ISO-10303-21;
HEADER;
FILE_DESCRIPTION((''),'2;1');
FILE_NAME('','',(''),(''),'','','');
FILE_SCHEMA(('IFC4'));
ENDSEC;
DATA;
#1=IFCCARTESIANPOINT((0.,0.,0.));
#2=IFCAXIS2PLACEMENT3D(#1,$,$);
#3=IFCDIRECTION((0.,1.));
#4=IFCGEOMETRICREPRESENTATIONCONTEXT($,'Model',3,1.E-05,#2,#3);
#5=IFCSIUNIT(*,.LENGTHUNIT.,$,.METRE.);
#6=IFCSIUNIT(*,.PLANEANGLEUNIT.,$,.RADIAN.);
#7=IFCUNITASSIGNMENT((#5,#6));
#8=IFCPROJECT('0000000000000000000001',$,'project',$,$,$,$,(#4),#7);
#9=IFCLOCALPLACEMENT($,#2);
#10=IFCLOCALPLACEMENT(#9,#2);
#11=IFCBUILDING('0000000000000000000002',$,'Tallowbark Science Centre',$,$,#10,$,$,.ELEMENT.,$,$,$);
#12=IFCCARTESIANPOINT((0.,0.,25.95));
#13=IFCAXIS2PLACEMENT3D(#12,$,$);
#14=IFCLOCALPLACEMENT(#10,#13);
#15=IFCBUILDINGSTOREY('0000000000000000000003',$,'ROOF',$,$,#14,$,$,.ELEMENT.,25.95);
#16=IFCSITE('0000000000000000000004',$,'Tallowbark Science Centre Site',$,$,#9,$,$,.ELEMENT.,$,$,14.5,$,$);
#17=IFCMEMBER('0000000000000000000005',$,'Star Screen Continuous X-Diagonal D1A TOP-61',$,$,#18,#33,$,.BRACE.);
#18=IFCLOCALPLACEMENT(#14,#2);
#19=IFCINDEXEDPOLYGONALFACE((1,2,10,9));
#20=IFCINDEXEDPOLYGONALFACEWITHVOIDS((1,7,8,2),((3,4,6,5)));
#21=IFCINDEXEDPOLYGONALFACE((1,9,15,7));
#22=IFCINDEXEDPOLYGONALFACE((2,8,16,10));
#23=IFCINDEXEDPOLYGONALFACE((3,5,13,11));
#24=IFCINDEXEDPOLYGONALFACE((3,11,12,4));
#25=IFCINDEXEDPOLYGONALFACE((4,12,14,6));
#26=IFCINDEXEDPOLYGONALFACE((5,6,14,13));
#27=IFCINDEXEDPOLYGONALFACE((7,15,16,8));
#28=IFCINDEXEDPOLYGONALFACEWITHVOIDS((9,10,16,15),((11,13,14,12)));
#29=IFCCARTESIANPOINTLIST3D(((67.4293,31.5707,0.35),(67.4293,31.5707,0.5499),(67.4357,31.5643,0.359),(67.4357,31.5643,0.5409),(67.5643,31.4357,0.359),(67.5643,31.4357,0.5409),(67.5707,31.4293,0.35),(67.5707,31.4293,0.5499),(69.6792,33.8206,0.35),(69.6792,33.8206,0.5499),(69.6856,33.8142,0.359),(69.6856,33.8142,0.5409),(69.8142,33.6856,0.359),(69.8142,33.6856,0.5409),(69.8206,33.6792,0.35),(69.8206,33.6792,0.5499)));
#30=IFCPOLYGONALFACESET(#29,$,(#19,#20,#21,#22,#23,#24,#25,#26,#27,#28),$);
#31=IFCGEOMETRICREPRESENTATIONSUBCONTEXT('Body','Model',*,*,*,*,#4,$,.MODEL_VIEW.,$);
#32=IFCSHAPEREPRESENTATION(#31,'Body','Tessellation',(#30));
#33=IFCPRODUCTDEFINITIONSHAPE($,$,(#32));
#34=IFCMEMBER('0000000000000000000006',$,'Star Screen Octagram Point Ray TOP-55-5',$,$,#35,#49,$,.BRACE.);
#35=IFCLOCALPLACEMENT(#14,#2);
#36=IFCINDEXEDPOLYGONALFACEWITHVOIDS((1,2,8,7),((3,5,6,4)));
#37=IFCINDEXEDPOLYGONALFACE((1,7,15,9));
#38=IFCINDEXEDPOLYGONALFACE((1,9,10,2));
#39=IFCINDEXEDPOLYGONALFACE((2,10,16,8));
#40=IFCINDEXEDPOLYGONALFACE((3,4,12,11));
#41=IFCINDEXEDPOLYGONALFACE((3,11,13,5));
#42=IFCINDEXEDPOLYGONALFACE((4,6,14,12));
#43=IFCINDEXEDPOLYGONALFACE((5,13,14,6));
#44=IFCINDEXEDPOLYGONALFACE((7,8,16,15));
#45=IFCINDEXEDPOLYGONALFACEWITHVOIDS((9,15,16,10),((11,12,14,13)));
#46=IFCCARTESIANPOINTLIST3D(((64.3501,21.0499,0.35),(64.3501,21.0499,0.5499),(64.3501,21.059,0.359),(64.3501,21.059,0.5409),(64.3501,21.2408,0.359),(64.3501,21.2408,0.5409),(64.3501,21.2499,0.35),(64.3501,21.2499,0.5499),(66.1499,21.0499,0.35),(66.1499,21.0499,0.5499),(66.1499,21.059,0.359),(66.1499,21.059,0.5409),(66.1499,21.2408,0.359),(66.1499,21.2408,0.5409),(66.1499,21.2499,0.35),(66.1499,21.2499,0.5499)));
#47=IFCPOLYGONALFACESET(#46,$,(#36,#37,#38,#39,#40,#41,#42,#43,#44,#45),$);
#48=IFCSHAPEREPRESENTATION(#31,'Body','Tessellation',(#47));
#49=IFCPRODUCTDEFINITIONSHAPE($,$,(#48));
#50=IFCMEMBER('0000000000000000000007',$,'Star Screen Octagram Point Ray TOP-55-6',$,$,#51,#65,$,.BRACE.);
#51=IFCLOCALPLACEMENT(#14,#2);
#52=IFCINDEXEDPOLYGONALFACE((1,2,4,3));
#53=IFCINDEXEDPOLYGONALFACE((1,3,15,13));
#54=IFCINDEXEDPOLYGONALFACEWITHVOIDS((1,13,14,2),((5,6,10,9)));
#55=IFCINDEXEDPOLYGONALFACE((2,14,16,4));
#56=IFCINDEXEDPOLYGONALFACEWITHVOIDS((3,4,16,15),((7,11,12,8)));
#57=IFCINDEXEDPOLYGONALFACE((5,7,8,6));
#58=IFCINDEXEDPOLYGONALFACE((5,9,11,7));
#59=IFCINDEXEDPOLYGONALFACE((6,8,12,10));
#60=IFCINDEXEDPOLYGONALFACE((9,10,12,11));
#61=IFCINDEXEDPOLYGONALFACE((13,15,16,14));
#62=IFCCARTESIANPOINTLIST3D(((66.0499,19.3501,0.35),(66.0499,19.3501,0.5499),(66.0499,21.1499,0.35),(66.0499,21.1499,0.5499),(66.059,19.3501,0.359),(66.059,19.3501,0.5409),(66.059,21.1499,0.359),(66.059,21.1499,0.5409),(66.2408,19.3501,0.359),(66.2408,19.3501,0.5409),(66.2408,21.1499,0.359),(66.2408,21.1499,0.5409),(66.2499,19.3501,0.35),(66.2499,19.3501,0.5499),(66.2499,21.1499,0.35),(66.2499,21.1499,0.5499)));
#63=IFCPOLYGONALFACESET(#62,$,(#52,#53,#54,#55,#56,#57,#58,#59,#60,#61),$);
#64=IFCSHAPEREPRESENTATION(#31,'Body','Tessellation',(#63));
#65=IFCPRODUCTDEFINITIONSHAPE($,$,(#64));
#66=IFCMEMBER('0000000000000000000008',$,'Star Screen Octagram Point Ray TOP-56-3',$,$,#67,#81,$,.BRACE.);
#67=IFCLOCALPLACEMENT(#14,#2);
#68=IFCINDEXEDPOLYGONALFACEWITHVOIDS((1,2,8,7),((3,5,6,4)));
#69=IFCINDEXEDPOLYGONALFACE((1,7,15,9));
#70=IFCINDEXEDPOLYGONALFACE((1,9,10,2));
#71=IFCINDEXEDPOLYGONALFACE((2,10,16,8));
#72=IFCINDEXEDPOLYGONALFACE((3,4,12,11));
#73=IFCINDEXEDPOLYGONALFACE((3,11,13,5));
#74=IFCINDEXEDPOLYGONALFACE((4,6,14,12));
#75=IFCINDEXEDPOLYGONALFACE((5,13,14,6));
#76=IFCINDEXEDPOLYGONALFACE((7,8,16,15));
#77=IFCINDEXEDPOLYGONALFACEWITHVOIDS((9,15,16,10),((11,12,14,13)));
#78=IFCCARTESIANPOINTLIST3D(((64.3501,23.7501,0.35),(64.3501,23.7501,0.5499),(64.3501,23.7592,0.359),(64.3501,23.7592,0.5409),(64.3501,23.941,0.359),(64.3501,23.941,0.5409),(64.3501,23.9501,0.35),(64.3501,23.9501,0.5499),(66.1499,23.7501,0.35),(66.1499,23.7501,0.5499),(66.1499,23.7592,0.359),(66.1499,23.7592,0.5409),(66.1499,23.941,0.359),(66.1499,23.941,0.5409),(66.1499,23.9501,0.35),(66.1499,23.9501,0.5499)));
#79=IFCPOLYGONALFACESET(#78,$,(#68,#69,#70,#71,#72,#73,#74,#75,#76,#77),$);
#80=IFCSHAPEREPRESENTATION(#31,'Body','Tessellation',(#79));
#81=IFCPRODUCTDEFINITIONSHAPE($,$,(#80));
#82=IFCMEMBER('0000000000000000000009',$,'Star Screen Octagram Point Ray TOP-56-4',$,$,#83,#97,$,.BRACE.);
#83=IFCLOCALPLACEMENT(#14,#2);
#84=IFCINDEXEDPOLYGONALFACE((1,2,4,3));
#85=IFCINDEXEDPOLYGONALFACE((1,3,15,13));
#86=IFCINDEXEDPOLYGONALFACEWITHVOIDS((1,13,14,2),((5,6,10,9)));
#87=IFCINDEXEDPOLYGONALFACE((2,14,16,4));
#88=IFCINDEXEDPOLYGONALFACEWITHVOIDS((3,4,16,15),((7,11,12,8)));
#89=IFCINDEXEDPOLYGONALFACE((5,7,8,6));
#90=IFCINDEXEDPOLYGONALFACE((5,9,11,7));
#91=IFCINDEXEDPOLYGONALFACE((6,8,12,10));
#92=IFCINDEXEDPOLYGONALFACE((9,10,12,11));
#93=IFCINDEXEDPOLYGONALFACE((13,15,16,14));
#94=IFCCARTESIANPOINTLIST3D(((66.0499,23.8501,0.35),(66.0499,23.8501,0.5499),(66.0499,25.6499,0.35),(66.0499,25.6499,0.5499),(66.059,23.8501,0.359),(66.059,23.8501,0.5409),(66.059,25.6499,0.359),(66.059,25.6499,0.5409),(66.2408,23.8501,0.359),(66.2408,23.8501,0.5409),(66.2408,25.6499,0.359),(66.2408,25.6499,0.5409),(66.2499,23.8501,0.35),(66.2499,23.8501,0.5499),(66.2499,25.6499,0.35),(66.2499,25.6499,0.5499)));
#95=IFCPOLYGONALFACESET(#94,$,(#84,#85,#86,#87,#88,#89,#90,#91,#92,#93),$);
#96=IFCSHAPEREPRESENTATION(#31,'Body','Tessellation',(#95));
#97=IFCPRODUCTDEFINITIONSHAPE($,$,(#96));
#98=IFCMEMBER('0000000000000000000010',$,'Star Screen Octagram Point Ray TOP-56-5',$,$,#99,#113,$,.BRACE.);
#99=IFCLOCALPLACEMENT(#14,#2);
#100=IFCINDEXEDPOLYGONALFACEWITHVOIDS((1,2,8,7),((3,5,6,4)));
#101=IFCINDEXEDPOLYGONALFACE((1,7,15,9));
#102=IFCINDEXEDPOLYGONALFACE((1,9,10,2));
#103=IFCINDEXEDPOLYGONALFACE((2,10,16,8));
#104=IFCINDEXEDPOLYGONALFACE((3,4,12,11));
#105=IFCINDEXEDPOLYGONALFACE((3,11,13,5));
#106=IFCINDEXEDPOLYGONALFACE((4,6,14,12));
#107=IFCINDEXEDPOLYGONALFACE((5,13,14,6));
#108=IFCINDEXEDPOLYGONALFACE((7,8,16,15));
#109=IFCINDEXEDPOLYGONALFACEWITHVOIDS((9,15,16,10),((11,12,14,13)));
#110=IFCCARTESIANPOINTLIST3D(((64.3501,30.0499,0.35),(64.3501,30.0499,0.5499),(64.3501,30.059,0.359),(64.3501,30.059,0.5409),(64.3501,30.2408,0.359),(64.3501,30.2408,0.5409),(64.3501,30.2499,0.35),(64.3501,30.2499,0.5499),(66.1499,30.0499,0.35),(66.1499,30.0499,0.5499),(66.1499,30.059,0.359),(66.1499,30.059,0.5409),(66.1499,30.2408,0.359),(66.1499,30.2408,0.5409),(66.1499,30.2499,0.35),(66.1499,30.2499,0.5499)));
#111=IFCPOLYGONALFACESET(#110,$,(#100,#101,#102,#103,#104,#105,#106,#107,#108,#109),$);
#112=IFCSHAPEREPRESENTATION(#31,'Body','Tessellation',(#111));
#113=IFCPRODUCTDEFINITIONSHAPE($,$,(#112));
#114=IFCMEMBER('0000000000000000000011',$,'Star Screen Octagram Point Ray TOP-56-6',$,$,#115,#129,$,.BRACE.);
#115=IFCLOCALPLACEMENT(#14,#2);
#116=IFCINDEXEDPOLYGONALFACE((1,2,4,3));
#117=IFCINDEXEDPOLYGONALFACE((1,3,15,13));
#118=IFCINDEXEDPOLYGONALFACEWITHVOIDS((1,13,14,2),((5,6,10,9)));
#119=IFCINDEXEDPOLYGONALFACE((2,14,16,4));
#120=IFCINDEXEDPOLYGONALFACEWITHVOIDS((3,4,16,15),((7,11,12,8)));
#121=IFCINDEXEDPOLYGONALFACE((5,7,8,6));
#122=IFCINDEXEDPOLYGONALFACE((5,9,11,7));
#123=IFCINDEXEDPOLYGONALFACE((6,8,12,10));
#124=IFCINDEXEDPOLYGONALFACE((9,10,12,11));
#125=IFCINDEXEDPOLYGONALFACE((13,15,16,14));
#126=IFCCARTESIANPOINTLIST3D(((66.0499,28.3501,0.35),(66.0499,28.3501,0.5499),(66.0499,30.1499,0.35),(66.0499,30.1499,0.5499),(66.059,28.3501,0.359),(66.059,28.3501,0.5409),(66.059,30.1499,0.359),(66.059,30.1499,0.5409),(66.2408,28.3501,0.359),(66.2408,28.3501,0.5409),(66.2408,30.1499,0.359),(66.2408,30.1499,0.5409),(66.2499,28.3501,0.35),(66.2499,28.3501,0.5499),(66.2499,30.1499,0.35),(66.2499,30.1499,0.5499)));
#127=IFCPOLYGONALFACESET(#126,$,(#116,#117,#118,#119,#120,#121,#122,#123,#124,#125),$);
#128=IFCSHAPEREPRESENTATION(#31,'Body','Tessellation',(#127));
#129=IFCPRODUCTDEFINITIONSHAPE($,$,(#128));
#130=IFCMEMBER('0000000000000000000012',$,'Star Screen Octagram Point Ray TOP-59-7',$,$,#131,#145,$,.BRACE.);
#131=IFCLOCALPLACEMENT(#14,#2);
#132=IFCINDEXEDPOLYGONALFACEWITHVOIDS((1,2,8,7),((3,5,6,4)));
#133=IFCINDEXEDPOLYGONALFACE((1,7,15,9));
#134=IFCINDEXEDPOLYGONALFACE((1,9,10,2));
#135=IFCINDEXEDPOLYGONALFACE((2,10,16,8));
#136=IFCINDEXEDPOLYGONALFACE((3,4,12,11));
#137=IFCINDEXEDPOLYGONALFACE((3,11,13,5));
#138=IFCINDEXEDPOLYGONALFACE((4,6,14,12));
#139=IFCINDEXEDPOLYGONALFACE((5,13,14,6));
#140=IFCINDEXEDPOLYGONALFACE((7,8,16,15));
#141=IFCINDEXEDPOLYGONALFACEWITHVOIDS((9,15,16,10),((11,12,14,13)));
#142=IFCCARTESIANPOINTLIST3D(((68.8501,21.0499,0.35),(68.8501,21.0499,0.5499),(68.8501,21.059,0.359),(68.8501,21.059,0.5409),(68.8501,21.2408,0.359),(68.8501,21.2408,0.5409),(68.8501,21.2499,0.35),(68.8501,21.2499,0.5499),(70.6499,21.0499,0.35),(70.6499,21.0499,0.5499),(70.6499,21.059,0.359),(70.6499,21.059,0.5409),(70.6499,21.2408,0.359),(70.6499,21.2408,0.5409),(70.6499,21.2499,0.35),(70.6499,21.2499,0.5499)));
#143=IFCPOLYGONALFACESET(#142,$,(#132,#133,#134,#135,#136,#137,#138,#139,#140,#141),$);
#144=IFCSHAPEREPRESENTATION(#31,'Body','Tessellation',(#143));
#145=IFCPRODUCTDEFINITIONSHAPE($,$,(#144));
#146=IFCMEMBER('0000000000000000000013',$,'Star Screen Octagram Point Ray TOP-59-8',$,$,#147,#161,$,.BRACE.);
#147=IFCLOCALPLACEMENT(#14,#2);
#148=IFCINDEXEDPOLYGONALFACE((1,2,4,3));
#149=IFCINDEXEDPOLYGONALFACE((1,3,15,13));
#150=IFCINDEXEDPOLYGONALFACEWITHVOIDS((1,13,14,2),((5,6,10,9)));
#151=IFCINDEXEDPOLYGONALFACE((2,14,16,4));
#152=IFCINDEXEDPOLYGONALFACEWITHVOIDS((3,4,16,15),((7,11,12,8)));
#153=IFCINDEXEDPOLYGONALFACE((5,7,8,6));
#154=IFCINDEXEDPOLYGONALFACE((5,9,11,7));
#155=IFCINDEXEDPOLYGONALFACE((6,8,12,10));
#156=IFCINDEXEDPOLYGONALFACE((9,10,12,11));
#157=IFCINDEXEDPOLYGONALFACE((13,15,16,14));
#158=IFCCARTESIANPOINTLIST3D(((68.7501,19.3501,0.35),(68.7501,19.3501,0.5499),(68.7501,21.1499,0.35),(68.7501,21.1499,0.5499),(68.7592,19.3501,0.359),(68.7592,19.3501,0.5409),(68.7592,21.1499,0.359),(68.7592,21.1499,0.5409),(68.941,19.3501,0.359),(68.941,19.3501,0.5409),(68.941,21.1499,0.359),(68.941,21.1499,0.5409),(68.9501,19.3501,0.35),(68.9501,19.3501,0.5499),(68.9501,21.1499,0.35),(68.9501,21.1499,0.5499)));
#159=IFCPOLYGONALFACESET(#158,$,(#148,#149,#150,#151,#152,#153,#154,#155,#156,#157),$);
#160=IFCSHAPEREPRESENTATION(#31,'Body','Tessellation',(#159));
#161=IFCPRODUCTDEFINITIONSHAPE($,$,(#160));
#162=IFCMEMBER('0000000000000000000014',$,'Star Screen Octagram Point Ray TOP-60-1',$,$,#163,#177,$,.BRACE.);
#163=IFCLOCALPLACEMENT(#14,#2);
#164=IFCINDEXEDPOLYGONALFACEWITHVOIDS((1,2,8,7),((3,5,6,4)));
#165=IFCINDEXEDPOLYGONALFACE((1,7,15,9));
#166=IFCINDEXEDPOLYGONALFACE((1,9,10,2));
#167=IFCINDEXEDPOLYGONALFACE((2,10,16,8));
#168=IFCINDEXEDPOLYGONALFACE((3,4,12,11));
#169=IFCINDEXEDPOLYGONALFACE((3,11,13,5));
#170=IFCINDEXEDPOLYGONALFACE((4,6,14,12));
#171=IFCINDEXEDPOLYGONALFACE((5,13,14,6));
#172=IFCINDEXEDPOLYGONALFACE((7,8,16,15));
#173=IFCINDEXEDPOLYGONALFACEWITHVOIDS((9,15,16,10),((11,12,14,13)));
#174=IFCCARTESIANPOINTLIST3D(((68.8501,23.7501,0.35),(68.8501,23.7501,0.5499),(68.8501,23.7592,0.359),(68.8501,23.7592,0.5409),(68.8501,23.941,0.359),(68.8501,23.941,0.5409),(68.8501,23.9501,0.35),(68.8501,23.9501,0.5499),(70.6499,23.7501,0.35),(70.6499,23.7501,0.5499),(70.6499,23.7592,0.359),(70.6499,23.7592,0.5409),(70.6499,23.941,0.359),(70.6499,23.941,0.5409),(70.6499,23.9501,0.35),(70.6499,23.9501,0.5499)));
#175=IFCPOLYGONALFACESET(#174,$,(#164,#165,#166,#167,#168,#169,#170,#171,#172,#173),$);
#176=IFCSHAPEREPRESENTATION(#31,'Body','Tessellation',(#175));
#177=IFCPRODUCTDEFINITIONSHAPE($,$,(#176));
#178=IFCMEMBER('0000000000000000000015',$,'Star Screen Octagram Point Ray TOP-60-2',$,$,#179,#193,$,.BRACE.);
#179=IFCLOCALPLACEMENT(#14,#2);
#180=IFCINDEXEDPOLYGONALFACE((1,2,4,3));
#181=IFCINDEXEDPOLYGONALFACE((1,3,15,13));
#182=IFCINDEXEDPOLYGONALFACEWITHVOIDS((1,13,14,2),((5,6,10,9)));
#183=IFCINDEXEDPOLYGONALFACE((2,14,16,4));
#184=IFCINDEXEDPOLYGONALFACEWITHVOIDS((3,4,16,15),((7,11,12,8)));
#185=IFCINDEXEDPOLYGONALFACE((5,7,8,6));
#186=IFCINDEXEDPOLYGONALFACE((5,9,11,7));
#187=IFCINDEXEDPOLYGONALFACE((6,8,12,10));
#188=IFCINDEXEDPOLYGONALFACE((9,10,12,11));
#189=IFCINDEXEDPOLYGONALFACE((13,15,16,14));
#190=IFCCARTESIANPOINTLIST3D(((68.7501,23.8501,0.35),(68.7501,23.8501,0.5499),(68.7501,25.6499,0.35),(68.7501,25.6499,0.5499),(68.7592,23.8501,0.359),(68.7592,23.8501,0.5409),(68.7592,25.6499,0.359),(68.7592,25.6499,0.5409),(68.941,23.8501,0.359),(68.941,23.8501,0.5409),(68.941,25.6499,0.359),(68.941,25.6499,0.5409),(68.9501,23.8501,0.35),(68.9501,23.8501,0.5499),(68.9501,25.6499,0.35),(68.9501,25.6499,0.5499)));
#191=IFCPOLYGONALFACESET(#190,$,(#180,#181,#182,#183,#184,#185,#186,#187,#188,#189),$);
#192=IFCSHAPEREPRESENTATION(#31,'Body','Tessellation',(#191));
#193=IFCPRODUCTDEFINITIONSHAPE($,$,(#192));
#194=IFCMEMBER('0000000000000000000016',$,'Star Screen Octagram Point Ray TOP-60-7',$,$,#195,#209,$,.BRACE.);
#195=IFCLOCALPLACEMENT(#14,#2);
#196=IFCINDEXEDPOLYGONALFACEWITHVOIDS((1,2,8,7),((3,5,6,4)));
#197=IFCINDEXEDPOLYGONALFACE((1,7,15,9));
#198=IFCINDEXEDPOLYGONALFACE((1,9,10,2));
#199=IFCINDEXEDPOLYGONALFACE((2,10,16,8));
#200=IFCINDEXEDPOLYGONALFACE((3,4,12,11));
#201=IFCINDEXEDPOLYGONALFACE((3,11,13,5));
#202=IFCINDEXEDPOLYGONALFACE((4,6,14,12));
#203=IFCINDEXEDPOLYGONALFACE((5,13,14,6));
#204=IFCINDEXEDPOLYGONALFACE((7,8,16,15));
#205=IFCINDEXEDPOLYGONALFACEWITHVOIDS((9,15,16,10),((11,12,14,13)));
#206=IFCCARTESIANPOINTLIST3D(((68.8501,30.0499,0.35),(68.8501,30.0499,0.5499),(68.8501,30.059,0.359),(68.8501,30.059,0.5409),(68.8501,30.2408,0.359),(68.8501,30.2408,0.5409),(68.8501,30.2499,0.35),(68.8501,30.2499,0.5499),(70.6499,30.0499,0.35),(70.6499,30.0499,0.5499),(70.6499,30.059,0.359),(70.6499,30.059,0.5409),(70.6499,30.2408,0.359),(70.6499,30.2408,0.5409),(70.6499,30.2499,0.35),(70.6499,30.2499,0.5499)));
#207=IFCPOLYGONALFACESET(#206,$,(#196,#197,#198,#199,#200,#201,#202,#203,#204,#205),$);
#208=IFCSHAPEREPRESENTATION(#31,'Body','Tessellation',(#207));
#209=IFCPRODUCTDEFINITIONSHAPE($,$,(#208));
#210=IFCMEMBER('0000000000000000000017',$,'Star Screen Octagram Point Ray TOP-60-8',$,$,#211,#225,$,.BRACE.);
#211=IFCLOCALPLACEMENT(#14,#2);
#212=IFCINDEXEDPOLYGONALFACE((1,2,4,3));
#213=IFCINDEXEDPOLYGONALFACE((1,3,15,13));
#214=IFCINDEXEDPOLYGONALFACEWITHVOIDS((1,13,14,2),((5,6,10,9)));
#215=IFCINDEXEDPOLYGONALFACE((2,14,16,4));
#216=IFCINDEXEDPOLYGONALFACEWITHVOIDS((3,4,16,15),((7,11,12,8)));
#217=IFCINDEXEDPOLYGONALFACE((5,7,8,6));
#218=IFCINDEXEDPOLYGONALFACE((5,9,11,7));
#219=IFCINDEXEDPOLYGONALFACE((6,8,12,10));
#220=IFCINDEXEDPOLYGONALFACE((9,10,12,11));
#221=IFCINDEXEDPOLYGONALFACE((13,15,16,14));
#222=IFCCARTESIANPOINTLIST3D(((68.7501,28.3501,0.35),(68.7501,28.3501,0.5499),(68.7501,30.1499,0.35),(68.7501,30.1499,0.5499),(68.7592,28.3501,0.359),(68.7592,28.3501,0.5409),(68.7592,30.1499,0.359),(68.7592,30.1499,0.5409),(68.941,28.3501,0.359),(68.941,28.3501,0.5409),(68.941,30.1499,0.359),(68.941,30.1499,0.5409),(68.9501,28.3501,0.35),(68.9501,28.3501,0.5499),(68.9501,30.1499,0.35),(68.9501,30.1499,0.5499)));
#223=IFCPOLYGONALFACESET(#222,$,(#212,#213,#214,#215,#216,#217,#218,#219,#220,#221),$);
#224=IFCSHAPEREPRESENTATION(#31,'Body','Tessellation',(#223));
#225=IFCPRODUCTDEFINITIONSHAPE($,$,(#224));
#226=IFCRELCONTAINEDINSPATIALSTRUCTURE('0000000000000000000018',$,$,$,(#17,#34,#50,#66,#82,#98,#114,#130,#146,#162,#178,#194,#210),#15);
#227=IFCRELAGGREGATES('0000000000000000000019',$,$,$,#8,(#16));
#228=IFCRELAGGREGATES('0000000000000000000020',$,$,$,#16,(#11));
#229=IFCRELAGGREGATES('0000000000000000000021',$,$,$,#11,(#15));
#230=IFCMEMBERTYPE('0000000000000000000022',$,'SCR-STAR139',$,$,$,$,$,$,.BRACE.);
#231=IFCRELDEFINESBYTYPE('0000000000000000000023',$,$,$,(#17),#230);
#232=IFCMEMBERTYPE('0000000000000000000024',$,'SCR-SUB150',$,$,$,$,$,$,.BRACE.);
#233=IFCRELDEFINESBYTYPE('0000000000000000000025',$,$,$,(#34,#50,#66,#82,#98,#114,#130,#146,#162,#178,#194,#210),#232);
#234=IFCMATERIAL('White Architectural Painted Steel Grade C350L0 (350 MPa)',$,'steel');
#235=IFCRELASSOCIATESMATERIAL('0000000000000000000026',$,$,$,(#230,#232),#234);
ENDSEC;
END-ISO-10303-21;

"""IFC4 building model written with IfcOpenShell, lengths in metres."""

from ifc_helpers import new_model, si_unit, direction, frame, origin, origin_2d, place, context, subcontext, project, spatial, hollow_rectangle, extrude, material, material_profile, profile_set, type_object, element, save


model = new_model("IFC4")

# Units and contexts
model_context = context("Model", 3, precision=1e-05, world=origin(), true_north=direction((0.0, 1.0)))
body_context = subcontext(model_context, "Body", "Model", "MODEL_VIEW")
ifc_project = project(units=[si_unit("LENGTHUNIT", "METRE"), si_unit("PLANEANGLEUNIT", "RADIAN")], contexts=[model_context])

# Site, building, storey
site_placement = place(None, origin())
site = spatial("IfcSite", under=ifc_project, at=site_placement, Name="Tallowbark Science Centre Site", CompositionType="ELEMENT", RefElevation=14.5)
building_placement = place(site_placement, origin())
building = spatial("IfcBuilding", under=site, at=building_placement, Name="Tallowbark Science Centre", CompositionType="ELEMENT")
storey_placement = place(building_placement, frame((0.0, 0.0, 25.95)))
storey = spatial("IfcBuildingStorey", under=building, at=storey_placement, Name="ROOF", CompositionType="ELEMENT", Elevation=25.95)

# Members
ifc_material_1 = material(Name="White Architectural Painted Steel Grade C350L0 (350 MPa)", Category="steel")
ifc_material_profile_1 = material_profile(ifc_material_1, hollow_rectangle(XDim=0.2, YDim=0.2, WallThickness=0.009, at=origin_2d()), Name="200x200x9.0SHS")
ifc_profile_set_1 = profile_set([ifc_material_profile_1], Name="White Architectural Painted Steel Grade C350L0 (350 MPa)")
member_type_1 = type_object("IfcMemberType", Name="SCR-STAR139", PredefinedType="BRACE", material=ifc_profile_set_1)
for number, where, z_axis, x_axis, name in (
    (1, (67.5, 31.5, 0.45), (0.707107, 0.707107, 0.0), (-0.707107, 0.707107, 0.0), "Star Screen Continuous X-Diagonal D1A TOP-61"),
):
    element("IfcMember", number, at=place(storey_placement, frame(where, z_axis=z_axis, x_axis=x_axis)), inside=storey, type_object=member_type_1, Name=name, PredefinedType="BRACE", context=body_context, shape_type="SweptSolid", body=[
        extrude(hollow_rectangle(XDim=0.2, YDim=0.2, WallThickness=0.009, at=origin_2d()), origin(), (0.0, 0.0, 1.0), 3.1819),
    ])
ifc_material_profile_2 = material_profile(ifc_material_1, hollow_rectangle(XDim=0.2, YDim=0.2, WallThickness=0.009, at=origin_2d()), Name="200x200x9.0SHS")
ifc_profile_set_2 = profile_set([ifc_material_profile_2], Name="White Architectural Painted Steel Grade C350L0 (350 MPa)")
member_type_2 = type_object("IfcMemberType", Name="SCR-SUB150", PredefinedType="BRACE", material=ifc_profile_set_2)
for number, where, z_axis, x_axis, name in (
    (2, (66.1499, 21.1499, 0.45), (-1.0, 0.0, 0.0), (0.0, -1.0, 0.0), "Star Screen Octagram Point Ray TOP-55-5"),
    (3, (66.1499, 21.1499, 0.45), (0.0, -1.0, 0.0), (1.0, 0.0, 0.0), "Star Screen Octagram Point Ray TOP-55-6"),
    (4, (66.1499, 23.8501, 0.45), (-1.0, 0.0, 0.0), (0.0, -1.0, 0.0), "Star Screen Octagram Point Ray TOP-56-3"),
    (5, (66.1499, 23.8501, 0.45), (0.0, 1.0, 0.0), (-1.0, 0.0, 0.0), "Star Screen Octagram Point Ray TOP-56-4"),
    (6, (66.1499, 30.1499, 0.45), (-1.0, 0.0, 0.0), (0.0, -1.0, 0.0), "Star Screen Octagram Point Ray TOP-56-5"),
    (7, (66.1499, 30.1499, 0.45), (0.0, -1.0, 0.0), (1.0, 0.0, 0.0), "Star Screen Octagram Point Ray TOP-56-6"),
    (8, (68.8501, 21.1499, 0.45), (1.0, 0.0, 0.0), (0.0, 1.0, 0.0), "Star Screen Octagram Point Ray TOP-59-7"),
    (9, (68.8501, 21.1499, 0.45), (0.0, -1.0, 0.0), (1.0, 0.0, 0.0), "Star Screen Octagram Point Ray TOP-59-8"),
    (10, (68.8501, 23.8501, 0.45), (1.0, 0.0, 0.0), (0.0, 1.0, 0.0), "Star Screen Octagram Point Ray TOP-60-1"),
    (11, (68.8501, 23.8501, 0.45), (0.0, 1.0, 0.0), (-1.0, 0.0, 0.0), "Star Screen Octagram Point Ray TOP-60-2"),
    (12, (68.8501, 30.1499, 0.45), (1.0, 0.0, 0.0), (0.0, 1.0, 0.0), "Star Screen Octagram Point Ray TOP-60-7"),
    (13, (68.8501, 30.1499, 0.45), (0.0, -1.0, 0.0), (1.0, 0.0, 0.0), "Star Screen Octagram Point Ray TOP-60-8"),
):
    element("IfcMember", number, at=place(storey_placement, frame(where, z_axis=z_axis, x_axis=x_axis)), inside=storey, type_object=member_type_2, Name=name, PredefinedType="BRACE", context=body_context, shape_type="SweptSolid", body=[
        extrude(hollow_rectangle(XDim=0.2, YDim=0.2, WallThickness=0.009, at=origin_2d()), origin(), (0.0, 0.0, 1.0), 1.7998),
    ])

save(model, "model.ifc")
